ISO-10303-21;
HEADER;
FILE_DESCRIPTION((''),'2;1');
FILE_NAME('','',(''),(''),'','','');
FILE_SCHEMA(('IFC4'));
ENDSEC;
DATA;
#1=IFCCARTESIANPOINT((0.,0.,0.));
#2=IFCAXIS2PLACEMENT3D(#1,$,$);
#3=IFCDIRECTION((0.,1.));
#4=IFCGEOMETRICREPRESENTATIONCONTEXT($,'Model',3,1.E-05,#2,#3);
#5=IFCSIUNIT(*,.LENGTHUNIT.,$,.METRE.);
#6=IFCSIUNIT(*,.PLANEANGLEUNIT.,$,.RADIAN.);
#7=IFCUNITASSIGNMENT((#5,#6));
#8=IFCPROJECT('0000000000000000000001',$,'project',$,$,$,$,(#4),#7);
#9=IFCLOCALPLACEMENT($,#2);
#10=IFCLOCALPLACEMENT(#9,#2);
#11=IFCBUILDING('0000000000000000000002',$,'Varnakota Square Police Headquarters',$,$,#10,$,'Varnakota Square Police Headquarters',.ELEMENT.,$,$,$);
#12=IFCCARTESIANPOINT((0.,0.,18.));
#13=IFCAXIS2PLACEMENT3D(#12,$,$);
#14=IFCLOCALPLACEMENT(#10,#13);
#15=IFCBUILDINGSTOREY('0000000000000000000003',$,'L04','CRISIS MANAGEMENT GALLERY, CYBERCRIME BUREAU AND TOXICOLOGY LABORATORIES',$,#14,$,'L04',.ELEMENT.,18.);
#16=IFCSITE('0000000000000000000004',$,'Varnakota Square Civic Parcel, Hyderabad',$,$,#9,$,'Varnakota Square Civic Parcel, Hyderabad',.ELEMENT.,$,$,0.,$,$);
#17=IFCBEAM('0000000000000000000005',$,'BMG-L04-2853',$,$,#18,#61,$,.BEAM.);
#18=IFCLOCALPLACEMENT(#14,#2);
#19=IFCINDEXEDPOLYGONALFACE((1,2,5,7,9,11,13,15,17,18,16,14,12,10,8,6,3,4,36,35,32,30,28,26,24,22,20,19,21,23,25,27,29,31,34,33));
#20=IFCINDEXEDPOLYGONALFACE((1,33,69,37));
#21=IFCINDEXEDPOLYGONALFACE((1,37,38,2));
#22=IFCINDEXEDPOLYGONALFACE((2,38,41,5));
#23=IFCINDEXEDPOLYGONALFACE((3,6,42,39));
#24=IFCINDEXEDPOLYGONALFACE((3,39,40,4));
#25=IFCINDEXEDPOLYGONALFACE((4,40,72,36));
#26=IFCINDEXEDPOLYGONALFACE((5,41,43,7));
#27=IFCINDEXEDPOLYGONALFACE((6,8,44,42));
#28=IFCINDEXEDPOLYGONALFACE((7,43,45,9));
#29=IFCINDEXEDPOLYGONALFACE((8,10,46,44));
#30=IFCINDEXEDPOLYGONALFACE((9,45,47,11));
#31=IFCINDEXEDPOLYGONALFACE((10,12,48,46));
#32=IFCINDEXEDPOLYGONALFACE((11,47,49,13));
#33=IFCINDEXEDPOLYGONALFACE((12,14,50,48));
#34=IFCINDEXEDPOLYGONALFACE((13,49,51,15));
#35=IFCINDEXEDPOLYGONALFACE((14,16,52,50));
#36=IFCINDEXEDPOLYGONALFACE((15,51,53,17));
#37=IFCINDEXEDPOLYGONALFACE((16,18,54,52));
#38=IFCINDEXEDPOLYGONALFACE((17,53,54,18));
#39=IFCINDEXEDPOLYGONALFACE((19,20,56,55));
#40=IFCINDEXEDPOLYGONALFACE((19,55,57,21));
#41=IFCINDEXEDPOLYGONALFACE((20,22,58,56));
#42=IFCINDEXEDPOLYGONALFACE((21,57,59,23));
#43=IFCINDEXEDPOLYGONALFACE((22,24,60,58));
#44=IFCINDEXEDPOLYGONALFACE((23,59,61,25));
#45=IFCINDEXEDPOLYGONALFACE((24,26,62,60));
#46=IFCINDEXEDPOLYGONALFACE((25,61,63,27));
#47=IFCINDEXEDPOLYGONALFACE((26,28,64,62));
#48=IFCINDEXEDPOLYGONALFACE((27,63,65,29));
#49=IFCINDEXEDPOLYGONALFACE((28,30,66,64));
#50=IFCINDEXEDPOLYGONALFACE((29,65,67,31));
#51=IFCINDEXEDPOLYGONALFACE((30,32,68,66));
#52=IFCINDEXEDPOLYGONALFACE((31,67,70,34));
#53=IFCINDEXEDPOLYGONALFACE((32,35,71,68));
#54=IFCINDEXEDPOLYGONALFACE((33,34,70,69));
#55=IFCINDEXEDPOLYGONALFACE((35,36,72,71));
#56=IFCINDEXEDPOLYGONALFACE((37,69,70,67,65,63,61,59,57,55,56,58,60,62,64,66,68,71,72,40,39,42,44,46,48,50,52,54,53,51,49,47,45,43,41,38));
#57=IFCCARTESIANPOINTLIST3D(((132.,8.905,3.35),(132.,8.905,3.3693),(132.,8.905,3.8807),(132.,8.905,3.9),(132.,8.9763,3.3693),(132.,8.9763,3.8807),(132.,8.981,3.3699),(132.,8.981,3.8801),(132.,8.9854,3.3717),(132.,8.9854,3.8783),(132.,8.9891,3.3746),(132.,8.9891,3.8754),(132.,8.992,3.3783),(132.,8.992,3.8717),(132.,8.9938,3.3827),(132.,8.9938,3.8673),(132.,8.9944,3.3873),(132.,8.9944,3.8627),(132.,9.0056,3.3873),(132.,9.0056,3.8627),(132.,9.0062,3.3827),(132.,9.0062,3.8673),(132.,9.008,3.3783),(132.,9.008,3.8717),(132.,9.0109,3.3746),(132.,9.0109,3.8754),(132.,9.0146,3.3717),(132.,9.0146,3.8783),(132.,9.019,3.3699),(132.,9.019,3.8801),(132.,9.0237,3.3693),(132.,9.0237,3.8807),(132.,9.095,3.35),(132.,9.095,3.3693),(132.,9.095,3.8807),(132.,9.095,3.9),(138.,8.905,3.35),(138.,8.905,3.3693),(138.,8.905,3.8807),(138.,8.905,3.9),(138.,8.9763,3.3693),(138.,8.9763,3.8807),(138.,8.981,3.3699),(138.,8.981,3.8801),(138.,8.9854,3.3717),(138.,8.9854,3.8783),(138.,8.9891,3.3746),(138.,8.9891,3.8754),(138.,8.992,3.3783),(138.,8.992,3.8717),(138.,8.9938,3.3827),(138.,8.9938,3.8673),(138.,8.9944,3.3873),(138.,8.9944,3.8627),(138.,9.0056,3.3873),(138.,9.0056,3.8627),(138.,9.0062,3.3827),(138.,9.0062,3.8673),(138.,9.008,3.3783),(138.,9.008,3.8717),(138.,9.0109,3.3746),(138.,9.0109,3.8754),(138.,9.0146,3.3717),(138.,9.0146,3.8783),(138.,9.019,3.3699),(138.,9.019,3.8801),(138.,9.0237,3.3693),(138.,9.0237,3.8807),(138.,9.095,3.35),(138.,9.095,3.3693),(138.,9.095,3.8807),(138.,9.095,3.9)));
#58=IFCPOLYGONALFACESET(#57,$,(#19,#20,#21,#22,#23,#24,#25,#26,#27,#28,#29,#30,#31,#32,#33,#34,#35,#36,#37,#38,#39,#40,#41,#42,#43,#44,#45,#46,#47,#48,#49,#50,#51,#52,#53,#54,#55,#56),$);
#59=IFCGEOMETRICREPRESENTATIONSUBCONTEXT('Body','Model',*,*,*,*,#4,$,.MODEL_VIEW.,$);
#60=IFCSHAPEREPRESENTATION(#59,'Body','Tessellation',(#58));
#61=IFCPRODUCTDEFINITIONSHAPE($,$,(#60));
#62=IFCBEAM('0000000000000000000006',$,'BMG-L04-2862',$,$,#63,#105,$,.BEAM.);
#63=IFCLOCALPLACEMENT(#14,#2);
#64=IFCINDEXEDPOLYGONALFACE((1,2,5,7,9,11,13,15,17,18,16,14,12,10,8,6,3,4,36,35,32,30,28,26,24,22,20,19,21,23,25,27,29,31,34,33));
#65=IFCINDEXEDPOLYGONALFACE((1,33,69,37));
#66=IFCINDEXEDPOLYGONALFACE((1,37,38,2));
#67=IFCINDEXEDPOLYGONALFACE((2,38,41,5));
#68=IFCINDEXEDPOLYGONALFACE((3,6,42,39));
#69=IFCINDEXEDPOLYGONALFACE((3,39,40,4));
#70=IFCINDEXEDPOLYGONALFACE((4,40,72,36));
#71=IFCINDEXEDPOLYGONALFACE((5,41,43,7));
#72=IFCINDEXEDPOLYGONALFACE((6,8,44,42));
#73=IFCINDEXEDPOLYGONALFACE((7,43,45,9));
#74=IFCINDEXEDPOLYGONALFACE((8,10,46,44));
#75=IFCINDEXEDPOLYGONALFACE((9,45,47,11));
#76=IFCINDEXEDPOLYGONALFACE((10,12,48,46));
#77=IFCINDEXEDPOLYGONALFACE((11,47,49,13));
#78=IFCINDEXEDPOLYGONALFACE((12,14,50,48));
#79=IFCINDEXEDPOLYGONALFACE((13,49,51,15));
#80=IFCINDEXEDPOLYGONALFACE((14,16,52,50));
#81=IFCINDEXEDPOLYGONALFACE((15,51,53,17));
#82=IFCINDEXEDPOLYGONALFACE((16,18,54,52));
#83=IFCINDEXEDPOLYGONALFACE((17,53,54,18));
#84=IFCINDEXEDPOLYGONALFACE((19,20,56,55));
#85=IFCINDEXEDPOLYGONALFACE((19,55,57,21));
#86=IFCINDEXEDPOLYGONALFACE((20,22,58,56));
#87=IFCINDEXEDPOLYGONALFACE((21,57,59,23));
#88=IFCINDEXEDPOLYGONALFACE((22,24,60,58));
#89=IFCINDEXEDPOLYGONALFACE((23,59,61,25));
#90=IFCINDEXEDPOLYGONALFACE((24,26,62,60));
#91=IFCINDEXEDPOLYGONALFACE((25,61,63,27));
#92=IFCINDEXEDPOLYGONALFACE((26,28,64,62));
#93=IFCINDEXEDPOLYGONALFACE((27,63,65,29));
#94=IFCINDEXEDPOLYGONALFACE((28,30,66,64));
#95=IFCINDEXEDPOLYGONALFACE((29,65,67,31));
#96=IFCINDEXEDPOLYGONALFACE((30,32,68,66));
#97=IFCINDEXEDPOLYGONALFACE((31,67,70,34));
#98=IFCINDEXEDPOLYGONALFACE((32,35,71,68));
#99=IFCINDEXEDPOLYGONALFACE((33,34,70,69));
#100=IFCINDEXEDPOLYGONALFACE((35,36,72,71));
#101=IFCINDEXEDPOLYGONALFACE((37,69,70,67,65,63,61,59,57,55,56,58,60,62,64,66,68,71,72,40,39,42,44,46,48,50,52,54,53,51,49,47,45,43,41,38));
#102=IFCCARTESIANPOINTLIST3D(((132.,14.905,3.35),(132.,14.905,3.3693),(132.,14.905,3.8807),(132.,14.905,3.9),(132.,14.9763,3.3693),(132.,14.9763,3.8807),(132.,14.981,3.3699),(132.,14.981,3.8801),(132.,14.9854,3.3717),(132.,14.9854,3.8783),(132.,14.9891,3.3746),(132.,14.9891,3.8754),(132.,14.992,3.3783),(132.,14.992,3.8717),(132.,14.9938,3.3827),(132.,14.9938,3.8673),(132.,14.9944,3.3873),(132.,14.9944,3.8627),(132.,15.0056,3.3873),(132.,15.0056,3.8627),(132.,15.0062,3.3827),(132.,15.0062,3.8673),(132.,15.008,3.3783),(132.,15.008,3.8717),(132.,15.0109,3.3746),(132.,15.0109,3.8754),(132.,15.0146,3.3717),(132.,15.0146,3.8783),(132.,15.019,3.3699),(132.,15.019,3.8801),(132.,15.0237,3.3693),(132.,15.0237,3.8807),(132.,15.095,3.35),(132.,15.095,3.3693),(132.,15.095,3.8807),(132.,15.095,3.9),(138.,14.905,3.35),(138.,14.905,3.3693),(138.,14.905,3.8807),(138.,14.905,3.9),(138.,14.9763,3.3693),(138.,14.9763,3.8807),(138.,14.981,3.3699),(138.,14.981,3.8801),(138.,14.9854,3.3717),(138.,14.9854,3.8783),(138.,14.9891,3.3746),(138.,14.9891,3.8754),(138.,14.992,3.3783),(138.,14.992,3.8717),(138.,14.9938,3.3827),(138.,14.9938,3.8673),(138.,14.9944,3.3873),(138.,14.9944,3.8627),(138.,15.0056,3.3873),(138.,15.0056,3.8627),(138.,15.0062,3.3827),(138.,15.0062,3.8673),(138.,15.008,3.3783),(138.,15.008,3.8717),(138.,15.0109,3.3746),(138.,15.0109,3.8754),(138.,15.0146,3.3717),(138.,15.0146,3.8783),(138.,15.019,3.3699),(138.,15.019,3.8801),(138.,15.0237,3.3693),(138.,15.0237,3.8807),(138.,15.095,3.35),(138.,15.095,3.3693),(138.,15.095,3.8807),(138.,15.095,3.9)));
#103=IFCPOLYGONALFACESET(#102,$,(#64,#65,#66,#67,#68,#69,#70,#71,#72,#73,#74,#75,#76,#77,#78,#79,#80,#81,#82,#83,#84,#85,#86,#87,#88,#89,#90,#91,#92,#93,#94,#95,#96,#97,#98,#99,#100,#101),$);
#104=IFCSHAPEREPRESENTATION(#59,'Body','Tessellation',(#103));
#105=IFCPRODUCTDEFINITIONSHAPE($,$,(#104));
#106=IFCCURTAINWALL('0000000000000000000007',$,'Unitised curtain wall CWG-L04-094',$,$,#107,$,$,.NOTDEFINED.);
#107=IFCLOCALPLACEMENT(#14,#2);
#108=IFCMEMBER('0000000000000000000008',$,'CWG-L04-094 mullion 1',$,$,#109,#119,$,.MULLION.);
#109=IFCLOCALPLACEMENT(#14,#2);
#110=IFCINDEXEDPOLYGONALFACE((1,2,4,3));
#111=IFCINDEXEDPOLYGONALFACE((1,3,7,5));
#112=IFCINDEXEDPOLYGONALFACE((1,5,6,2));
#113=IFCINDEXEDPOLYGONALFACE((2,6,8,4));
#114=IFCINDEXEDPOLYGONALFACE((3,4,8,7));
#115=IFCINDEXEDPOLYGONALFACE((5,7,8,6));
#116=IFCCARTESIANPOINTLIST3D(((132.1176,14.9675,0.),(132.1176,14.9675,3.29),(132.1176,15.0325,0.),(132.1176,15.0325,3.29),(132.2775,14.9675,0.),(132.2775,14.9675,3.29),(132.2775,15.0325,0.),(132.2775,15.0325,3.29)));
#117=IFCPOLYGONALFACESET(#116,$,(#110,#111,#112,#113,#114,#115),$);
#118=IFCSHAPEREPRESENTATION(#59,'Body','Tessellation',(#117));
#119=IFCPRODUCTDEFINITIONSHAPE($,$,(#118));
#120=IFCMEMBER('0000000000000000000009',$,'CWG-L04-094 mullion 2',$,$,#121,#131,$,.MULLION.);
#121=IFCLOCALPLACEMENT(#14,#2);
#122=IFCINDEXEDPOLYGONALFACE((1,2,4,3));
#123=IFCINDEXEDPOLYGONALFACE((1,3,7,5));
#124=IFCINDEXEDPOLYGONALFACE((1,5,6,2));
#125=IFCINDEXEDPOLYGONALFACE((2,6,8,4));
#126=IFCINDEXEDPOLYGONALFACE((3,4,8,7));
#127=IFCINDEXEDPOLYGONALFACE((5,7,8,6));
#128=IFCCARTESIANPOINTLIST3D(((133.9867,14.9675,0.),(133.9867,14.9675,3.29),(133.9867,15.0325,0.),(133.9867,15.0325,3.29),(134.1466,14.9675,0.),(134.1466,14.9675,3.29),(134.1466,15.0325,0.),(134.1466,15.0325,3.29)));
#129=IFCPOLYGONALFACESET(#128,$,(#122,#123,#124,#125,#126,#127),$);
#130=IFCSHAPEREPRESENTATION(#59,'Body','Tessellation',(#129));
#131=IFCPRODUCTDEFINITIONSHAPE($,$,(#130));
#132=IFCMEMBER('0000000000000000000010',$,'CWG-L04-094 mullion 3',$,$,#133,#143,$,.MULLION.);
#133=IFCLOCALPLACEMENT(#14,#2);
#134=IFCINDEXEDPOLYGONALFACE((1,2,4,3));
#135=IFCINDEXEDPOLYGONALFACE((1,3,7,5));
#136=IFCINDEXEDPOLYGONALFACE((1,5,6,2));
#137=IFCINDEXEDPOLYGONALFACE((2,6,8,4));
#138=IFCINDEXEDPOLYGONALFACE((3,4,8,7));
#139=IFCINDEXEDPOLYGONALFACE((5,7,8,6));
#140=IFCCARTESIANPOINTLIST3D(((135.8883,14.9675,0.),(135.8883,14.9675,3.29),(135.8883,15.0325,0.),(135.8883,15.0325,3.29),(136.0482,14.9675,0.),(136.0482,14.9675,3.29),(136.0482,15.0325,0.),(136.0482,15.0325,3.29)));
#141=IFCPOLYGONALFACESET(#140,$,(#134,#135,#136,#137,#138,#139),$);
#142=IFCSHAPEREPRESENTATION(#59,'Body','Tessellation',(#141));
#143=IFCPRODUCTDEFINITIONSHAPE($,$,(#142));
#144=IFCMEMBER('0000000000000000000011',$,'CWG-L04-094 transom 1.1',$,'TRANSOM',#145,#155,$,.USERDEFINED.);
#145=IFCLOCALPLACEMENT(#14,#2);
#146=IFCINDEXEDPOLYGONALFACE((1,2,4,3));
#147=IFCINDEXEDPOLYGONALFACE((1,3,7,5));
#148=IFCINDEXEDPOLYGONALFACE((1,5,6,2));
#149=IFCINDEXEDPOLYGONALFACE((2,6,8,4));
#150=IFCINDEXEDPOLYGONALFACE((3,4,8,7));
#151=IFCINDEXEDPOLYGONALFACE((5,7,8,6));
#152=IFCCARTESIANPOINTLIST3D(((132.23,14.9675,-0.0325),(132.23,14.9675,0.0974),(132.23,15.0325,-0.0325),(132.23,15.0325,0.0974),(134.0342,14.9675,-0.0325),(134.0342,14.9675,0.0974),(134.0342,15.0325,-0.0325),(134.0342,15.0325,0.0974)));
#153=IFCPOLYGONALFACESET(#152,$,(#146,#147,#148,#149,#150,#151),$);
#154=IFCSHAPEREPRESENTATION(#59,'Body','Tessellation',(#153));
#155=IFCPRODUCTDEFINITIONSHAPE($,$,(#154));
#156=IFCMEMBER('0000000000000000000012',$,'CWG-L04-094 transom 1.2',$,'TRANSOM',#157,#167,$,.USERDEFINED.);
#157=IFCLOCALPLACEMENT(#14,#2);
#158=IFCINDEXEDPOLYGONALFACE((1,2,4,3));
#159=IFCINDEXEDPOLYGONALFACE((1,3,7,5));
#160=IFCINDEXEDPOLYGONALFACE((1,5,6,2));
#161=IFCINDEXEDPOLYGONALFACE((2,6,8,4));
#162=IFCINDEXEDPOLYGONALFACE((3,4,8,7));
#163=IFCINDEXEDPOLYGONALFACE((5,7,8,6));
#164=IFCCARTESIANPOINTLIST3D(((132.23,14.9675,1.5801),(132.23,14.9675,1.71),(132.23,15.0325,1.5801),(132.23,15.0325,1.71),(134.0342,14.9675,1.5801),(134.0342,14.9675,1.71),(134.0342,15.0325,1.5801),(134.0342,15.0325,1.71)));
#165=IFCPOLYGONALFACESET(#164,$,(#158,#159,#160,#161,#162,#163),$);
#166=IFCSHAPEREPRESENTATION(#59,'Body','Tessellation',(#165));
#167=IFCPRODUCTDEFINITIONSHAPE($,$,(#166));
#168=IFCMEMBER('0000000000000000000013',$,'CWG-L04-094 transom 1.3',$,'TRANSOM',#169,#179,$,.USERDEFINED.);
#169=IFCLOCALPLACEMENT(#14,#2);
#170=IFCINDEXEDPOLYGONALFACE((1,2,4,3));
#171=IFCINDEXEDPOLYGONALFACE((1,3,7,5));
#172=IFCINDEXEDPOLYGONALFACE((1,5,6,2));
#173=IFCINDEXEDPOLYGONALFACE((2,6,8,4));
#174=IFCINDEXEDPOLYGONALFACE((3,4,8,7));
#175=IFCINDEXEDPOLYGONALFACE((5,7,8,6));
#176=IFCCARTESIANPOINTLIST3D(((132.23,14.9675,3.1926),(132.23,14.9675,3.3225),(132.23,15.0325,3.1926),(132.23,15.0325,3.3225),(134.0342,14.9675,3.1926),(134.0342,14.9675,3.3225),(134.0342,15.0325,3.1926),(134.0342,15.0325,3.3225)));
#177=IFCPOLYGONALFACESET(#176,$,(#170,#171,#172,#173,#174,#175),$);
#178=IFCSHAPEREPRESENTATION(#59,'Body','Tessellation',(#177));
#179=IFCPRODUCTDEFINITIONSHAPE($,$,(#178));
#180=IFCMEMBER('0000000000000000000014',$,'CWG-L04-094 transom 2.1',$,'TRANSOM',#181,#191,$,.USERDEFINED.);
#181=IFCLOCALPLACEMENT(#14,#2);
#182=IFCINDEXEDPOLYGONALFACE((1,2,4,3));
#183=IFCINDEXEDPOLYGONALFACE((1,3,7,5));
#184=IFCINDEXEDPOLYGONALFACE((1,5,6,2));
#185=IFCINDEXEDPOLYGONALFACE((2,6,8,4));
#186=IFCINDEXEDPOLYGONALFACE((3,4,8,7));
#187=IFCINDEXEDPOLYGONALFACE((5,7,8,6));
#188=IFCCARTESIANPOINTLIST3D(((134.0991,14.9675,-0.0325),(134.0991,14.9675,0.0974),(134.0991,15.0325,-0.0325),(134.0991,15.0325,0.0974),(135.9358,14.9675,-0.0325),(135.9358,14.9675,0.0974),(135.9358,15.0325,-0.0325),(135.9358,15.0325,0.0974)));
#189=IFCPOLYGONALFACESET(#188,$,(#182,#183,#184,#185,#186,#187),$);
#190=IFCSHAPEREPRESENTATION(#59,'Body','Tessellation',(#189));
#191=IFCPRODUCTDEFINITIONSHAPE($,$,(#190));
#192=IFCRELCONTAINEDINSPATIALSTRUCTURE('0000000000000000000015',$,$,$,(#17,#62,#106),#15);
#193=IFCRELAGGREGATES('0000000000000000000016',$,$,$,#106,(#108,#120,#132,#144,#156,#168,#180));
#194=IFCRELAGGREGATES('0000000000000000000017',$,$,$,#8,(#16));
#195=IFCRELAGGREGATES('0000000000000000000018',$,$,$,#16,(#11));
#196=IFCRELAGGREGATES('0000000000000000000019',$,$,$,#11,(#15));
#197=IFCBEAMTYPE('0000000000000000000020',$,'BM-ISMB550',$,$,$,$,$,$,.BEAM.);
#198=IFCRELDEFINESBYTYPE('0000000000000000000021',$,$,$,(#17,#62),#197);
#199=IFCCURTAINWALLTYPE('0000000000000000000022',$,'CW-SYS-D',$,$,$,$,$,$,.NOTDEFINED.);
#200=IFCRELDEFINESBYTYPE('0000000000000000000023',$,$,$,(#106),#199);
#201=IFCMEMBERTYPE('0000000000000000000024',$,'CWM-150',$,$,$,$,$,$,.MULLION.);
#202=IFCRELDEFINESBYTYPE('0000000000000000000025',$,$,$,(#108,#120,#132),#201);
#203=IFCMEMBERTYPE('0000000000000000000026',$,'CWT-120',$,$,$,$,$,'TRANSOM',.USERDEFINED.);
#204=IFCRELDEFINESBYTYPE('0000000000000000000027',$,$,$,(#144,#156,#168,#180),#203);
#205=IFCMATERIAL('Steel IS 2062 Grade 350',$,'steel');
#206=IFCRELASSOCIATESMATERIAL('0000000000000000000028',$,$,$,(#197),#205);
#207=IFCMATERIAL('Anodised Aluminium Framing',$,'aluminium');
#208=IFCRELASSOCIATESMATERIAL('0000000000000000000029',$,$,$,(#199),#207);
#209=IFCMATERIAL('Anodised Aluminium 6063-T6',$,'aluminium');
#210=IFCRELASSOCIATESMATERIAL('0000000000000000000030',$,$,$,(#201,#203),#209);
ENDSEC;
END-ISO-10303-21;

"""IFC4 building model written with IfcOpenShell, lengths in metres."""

from ifc_helpers import new_model, si_unit, direction, frame, origin, origin_2d, place, context, subcontext, project, spatial, rectangle, i_section, extrude, material, material_profile, profile_set, type_object, element, aggregate, save


model = new_model("IFC4")

# Units and contexts
model_context = context("Model", 3, precision=1e-05, world=origin(), true_north=direction((0.0, 1.0)))
body_context = subcontext(model_context, "Body", "Model", "MODEL_VIEW")
ifc_project = project(units=[si_unit("LENGTHUNIT", "METRE"), si_unit("PLANEANGLEUNIT", "RADIAN")], contexts=[model_context])

# Site, building, storey
site_placement = place(None, origin())
site = spatial("IfcSite", under=ifc_project, at=site_placement, Name="Varnakota Square Civic Parcel, Hyderabad", LongName="Varnakota Square Civic Parcel, Hyderabad", CompositionType="ELEMENT", RefElevation=0.0)
building_placement = place(site_placement, origin())
building = spatial("IfcBuilding", under=site, at=building_placement, Name="Varnakota Square Police Headquarters", LongName="Varnakota Square Police Headquarters", CompositionType="ELEMENT")
storey_placement = place(building_placement, frame((0.0, 0.0, 18.0)))
storey = spatial("IfcBuildingStorey", under=building, at=storey_placement, Name="L04", Description="CRISIS MANAGEMENT GALLERY, CYBERCRIME BUREAU AND TOXICOLOGY LABORATORIES", LongName="L04", CompositionType="ELEMENT", Elevation=18.0)

# Shared definitions
ifc_material_1 = material(Name="Steel IS 2062 Grade 350", Category="steel")

# Beams
ifc_material_profile_1 = material_profile(ifc_material_1, i_section(OverallWidth=0.1899, OverallDepth=0.55, WebThickness=0.0112, FlangeThickness=0.0193, FilletRadius=0.0181, at=origin_2d()), Name="ISMB 550")
ifc_profile_set_1 = profile_set([ifc_material_profile_1], Name="Steel IS 2062 Grade 350")
beam_type_1 = type_object("IfcBeamType", Name="BM-ISMB550", PredefinedType="BEAM", material=ifc_profile_set_1)
for number, where, z_axis, x_axis, name in (
    (1, (132.0, 9.0, 3.625), (1.0, 0.0, 0.0), (0.0, 1.0, 0.0), "BMG-L04-2853"),
    (2, (132.0, 15.0, 3.625), (1.0, 0.0, 0.0), (0.0, 1.0, 0.0), "BMG-L04-2862"),
):
    element("IfcBeam", number, at=place(storey_placement, frame(where, z_axis=z_axis, x_axis=x_axis)), inside=storey, type_object=beam_type_1, Name=name, PredefinedType="BEAM", context=body_context, shape_type="SweptSolid", body=[
        extrude(i_section(OverallWidth=0.1899, OverallDepth=0.55, WebThickness=0.0112, FlangeThickness=0.0193, FilletRadius=0.0181, at=origin_2d()), origin(), (0.0, 0.0, 1.0), 6.0),
    ])

# Curtain wall, members
ifc_material_2 = material(Name="Anodised Aluminium Framing", Category="aluminium")
curtain_wall_type = type_object("IfcCurtainWallType", Name="CW-SYS-D", PredefinedType="NOTDEFINED", material=ifc_material_2)
curtain_wall_placement = place(storey_placement, origin())
curtain_wall = element("IfcCurtainWall", 3, at=curtain_wall_placement, inside=storey, type_object=curtain_wall_type, Name="Unitised curtain wall CWG-L04-094", PredefinedType="NOTDEFINED")
ifc_material_3 = material(Name="Anodised Aluminium 6063-T6", Category="aluminium")
ifc_material_profile_2 = material_profile(ifc_material_3, rectangle(XDim=0.0649, YDim=0.1599, at=origin_2d()), Name="ALU MULLION 65x160")
ifc_profile_set_2 = profile_set([ifc_material_profile_2], Name="Anodised Aluminium 6063-T6")
member_type_1 = type_object("IfcMemberType", Name="CWM-150", PredefinedType="MULLION", material=ifc_profile_set_2)
member_1_placement = place(storey_placement, frame((132.1975, 15.0, 0.0), z_axis=(0.0, 0.0, 1.0), x_axis=(0.0, 1.0, 0.0)))
member_1 = element("IfcMember", 4, at=member_1_placement, type_object=member_type_1, Name="CWG-L04-094 mullion 1", PredefinedType="MULLION", context=body_context, shape_type="SweptSolid", body=[
    extrude(rectangle(XDim=0.0649, YDim=0.1599, at=origin_2d()), origin(), (0.0, 0.0, 1.0), 3.29),
])
member_2_placement = place(storey_placement, frame((134.0667, 15.0, 0.0), z_axis=(0.0, 0.0, 1.0), x_axis=(0.0, 1.0, 0.0)))
member_2 = element("IfcMember", 5, at=member_2_placement, type_object=member_type_1, Name="CWG-L04-094 mullion 2", PredefinedType="MULLION", context=body_context, shape_type="SweptSolid", body=[
    extrude(rectangle(XDim=0.0649, YDim=0.1599, at=origin_2d()), origin(), (0.0, 0.0, 1.0), 3.29),
])
member_3_placement = place(storey_placement, frame((135.9683, 15.0, 0.0), z_axis=(0.0, 0.0, 1.0), x_axis=(0.0, 1.0, 0.0)))
member_3 = element("IfcMember", 6, at=member_3_placement, type_object=member_type_1, Name="CWG-L04-094 mullion 3", PredefinedType="MULLION", context=body_context, shape_type="SweptSolid", body=[
    extrude(rectangle(XDim=0.0649, YDim=0.1599, at=origin_2d()), origin(), (0.0, 0.0, 1.0), 3.29),
])
ifc_material_profile_3 = material_profile(ifc_material_3, rectangle(XDim=0.0649, YDim=0.1299, at=origin_2d()), Name="ALU TRANSOM 65x130")
ifc_profile_set_3 = profile_set([ifc_material_profile_3], Name="Anodised Aluminium 6063-T6")
member_type_2 = type_object("IfcMemberType", Name="CWT-120", ElementType="TRANSOM", PredefinedType="USERDEFINED", material=ifc_profile_set_3)
member_4_placement = place(storey_placement, frame((132.23, 15.0, 0.0325), z_axis=(1.0, 0.0, 0.0), x_axis=(0.0, 1.0, 0.0)))
member_4 = element("IfcMember", 7, at=member_4_placement, type_object=member_type_2, Name="CWG-L04-094 transom 1.1", ObjectType="TRANSOM", PredefinedType="USERDEFINED", context=body_context, shape_type="SweptSolid", body=[
    extrude(rectangle(XDim=0.0649, YDim=0.1299, at=origin_2d()), origin(), (0.0, 0.0, 1.0), 1.8042),
])
member_5_placement = place(storey_placement, frame((132.23, 15.0, 1.645), z_axis=(1.0, 0.0, 0.0), x_axis=(0.0, 1.0, 0.0)))
member_5 = element("IfcMember", 8, at=member_5_placement, type_object=member_type_2, Name="CWG-L04-094 transom 1.2", ObjectType="TRANSOM", PredefinedType="USERDEFINED", context=body_context, shape_type="SweptSolid", body=[
    extrude(rectangle(XDim=0.0649, YDim=0.1299, at=origin_2d()), origin(), (0.0, 0.0, 1.0), 1.8042),
])
member_6_placement = place(storey_placement, frame((132.23, 15.0, 3.2576), z_axis=(1.0, 0.0, 0.0), x_axis=(0.0, 1.0, 0.0)))
member_6 = element("IfcMember", 9, at=member_6_placement, type_object=member_type_2, Name="CWG-L04-094 transom 1.3", ObjectType="TRANSOM", PredefinedType="USERDEFINED", context=body_context, shape_type="SweptSolid", body=[
    extrude(rectangle(XDim=0.0649, YDim=0.1299, at=origin_2d()), origin(), (0.0, 0.0, 1.0), 1.8042),
])
member_7_placement = place(storey_placement, frame((134.0991, 15.0, 0.0325), z_axis=(1.0, 0.0, 0.0), x_axis=(0.0, 1.0, 0.0)))
member_7 = element("IfcMember", 10, at=member_7_placement, type_object=member_type_2, Name="CWG-L04-094 transom 2.1", ObjectType="TRANSOM", PredefinedType="USERDEFINED", context=body_context, shape_type="SweptSolid", body=[
    extrude(rectangle(XDim=0.0649, YDim=0.1299, at=origin_2d()), origin(), (0.0, 0.0, 1.0), 1.8367),
])

aggregate(curtain_wall, [member_1, member_2, member_3, member_4, member_5, member_6, member_7])

save(model, "model.ifc")
